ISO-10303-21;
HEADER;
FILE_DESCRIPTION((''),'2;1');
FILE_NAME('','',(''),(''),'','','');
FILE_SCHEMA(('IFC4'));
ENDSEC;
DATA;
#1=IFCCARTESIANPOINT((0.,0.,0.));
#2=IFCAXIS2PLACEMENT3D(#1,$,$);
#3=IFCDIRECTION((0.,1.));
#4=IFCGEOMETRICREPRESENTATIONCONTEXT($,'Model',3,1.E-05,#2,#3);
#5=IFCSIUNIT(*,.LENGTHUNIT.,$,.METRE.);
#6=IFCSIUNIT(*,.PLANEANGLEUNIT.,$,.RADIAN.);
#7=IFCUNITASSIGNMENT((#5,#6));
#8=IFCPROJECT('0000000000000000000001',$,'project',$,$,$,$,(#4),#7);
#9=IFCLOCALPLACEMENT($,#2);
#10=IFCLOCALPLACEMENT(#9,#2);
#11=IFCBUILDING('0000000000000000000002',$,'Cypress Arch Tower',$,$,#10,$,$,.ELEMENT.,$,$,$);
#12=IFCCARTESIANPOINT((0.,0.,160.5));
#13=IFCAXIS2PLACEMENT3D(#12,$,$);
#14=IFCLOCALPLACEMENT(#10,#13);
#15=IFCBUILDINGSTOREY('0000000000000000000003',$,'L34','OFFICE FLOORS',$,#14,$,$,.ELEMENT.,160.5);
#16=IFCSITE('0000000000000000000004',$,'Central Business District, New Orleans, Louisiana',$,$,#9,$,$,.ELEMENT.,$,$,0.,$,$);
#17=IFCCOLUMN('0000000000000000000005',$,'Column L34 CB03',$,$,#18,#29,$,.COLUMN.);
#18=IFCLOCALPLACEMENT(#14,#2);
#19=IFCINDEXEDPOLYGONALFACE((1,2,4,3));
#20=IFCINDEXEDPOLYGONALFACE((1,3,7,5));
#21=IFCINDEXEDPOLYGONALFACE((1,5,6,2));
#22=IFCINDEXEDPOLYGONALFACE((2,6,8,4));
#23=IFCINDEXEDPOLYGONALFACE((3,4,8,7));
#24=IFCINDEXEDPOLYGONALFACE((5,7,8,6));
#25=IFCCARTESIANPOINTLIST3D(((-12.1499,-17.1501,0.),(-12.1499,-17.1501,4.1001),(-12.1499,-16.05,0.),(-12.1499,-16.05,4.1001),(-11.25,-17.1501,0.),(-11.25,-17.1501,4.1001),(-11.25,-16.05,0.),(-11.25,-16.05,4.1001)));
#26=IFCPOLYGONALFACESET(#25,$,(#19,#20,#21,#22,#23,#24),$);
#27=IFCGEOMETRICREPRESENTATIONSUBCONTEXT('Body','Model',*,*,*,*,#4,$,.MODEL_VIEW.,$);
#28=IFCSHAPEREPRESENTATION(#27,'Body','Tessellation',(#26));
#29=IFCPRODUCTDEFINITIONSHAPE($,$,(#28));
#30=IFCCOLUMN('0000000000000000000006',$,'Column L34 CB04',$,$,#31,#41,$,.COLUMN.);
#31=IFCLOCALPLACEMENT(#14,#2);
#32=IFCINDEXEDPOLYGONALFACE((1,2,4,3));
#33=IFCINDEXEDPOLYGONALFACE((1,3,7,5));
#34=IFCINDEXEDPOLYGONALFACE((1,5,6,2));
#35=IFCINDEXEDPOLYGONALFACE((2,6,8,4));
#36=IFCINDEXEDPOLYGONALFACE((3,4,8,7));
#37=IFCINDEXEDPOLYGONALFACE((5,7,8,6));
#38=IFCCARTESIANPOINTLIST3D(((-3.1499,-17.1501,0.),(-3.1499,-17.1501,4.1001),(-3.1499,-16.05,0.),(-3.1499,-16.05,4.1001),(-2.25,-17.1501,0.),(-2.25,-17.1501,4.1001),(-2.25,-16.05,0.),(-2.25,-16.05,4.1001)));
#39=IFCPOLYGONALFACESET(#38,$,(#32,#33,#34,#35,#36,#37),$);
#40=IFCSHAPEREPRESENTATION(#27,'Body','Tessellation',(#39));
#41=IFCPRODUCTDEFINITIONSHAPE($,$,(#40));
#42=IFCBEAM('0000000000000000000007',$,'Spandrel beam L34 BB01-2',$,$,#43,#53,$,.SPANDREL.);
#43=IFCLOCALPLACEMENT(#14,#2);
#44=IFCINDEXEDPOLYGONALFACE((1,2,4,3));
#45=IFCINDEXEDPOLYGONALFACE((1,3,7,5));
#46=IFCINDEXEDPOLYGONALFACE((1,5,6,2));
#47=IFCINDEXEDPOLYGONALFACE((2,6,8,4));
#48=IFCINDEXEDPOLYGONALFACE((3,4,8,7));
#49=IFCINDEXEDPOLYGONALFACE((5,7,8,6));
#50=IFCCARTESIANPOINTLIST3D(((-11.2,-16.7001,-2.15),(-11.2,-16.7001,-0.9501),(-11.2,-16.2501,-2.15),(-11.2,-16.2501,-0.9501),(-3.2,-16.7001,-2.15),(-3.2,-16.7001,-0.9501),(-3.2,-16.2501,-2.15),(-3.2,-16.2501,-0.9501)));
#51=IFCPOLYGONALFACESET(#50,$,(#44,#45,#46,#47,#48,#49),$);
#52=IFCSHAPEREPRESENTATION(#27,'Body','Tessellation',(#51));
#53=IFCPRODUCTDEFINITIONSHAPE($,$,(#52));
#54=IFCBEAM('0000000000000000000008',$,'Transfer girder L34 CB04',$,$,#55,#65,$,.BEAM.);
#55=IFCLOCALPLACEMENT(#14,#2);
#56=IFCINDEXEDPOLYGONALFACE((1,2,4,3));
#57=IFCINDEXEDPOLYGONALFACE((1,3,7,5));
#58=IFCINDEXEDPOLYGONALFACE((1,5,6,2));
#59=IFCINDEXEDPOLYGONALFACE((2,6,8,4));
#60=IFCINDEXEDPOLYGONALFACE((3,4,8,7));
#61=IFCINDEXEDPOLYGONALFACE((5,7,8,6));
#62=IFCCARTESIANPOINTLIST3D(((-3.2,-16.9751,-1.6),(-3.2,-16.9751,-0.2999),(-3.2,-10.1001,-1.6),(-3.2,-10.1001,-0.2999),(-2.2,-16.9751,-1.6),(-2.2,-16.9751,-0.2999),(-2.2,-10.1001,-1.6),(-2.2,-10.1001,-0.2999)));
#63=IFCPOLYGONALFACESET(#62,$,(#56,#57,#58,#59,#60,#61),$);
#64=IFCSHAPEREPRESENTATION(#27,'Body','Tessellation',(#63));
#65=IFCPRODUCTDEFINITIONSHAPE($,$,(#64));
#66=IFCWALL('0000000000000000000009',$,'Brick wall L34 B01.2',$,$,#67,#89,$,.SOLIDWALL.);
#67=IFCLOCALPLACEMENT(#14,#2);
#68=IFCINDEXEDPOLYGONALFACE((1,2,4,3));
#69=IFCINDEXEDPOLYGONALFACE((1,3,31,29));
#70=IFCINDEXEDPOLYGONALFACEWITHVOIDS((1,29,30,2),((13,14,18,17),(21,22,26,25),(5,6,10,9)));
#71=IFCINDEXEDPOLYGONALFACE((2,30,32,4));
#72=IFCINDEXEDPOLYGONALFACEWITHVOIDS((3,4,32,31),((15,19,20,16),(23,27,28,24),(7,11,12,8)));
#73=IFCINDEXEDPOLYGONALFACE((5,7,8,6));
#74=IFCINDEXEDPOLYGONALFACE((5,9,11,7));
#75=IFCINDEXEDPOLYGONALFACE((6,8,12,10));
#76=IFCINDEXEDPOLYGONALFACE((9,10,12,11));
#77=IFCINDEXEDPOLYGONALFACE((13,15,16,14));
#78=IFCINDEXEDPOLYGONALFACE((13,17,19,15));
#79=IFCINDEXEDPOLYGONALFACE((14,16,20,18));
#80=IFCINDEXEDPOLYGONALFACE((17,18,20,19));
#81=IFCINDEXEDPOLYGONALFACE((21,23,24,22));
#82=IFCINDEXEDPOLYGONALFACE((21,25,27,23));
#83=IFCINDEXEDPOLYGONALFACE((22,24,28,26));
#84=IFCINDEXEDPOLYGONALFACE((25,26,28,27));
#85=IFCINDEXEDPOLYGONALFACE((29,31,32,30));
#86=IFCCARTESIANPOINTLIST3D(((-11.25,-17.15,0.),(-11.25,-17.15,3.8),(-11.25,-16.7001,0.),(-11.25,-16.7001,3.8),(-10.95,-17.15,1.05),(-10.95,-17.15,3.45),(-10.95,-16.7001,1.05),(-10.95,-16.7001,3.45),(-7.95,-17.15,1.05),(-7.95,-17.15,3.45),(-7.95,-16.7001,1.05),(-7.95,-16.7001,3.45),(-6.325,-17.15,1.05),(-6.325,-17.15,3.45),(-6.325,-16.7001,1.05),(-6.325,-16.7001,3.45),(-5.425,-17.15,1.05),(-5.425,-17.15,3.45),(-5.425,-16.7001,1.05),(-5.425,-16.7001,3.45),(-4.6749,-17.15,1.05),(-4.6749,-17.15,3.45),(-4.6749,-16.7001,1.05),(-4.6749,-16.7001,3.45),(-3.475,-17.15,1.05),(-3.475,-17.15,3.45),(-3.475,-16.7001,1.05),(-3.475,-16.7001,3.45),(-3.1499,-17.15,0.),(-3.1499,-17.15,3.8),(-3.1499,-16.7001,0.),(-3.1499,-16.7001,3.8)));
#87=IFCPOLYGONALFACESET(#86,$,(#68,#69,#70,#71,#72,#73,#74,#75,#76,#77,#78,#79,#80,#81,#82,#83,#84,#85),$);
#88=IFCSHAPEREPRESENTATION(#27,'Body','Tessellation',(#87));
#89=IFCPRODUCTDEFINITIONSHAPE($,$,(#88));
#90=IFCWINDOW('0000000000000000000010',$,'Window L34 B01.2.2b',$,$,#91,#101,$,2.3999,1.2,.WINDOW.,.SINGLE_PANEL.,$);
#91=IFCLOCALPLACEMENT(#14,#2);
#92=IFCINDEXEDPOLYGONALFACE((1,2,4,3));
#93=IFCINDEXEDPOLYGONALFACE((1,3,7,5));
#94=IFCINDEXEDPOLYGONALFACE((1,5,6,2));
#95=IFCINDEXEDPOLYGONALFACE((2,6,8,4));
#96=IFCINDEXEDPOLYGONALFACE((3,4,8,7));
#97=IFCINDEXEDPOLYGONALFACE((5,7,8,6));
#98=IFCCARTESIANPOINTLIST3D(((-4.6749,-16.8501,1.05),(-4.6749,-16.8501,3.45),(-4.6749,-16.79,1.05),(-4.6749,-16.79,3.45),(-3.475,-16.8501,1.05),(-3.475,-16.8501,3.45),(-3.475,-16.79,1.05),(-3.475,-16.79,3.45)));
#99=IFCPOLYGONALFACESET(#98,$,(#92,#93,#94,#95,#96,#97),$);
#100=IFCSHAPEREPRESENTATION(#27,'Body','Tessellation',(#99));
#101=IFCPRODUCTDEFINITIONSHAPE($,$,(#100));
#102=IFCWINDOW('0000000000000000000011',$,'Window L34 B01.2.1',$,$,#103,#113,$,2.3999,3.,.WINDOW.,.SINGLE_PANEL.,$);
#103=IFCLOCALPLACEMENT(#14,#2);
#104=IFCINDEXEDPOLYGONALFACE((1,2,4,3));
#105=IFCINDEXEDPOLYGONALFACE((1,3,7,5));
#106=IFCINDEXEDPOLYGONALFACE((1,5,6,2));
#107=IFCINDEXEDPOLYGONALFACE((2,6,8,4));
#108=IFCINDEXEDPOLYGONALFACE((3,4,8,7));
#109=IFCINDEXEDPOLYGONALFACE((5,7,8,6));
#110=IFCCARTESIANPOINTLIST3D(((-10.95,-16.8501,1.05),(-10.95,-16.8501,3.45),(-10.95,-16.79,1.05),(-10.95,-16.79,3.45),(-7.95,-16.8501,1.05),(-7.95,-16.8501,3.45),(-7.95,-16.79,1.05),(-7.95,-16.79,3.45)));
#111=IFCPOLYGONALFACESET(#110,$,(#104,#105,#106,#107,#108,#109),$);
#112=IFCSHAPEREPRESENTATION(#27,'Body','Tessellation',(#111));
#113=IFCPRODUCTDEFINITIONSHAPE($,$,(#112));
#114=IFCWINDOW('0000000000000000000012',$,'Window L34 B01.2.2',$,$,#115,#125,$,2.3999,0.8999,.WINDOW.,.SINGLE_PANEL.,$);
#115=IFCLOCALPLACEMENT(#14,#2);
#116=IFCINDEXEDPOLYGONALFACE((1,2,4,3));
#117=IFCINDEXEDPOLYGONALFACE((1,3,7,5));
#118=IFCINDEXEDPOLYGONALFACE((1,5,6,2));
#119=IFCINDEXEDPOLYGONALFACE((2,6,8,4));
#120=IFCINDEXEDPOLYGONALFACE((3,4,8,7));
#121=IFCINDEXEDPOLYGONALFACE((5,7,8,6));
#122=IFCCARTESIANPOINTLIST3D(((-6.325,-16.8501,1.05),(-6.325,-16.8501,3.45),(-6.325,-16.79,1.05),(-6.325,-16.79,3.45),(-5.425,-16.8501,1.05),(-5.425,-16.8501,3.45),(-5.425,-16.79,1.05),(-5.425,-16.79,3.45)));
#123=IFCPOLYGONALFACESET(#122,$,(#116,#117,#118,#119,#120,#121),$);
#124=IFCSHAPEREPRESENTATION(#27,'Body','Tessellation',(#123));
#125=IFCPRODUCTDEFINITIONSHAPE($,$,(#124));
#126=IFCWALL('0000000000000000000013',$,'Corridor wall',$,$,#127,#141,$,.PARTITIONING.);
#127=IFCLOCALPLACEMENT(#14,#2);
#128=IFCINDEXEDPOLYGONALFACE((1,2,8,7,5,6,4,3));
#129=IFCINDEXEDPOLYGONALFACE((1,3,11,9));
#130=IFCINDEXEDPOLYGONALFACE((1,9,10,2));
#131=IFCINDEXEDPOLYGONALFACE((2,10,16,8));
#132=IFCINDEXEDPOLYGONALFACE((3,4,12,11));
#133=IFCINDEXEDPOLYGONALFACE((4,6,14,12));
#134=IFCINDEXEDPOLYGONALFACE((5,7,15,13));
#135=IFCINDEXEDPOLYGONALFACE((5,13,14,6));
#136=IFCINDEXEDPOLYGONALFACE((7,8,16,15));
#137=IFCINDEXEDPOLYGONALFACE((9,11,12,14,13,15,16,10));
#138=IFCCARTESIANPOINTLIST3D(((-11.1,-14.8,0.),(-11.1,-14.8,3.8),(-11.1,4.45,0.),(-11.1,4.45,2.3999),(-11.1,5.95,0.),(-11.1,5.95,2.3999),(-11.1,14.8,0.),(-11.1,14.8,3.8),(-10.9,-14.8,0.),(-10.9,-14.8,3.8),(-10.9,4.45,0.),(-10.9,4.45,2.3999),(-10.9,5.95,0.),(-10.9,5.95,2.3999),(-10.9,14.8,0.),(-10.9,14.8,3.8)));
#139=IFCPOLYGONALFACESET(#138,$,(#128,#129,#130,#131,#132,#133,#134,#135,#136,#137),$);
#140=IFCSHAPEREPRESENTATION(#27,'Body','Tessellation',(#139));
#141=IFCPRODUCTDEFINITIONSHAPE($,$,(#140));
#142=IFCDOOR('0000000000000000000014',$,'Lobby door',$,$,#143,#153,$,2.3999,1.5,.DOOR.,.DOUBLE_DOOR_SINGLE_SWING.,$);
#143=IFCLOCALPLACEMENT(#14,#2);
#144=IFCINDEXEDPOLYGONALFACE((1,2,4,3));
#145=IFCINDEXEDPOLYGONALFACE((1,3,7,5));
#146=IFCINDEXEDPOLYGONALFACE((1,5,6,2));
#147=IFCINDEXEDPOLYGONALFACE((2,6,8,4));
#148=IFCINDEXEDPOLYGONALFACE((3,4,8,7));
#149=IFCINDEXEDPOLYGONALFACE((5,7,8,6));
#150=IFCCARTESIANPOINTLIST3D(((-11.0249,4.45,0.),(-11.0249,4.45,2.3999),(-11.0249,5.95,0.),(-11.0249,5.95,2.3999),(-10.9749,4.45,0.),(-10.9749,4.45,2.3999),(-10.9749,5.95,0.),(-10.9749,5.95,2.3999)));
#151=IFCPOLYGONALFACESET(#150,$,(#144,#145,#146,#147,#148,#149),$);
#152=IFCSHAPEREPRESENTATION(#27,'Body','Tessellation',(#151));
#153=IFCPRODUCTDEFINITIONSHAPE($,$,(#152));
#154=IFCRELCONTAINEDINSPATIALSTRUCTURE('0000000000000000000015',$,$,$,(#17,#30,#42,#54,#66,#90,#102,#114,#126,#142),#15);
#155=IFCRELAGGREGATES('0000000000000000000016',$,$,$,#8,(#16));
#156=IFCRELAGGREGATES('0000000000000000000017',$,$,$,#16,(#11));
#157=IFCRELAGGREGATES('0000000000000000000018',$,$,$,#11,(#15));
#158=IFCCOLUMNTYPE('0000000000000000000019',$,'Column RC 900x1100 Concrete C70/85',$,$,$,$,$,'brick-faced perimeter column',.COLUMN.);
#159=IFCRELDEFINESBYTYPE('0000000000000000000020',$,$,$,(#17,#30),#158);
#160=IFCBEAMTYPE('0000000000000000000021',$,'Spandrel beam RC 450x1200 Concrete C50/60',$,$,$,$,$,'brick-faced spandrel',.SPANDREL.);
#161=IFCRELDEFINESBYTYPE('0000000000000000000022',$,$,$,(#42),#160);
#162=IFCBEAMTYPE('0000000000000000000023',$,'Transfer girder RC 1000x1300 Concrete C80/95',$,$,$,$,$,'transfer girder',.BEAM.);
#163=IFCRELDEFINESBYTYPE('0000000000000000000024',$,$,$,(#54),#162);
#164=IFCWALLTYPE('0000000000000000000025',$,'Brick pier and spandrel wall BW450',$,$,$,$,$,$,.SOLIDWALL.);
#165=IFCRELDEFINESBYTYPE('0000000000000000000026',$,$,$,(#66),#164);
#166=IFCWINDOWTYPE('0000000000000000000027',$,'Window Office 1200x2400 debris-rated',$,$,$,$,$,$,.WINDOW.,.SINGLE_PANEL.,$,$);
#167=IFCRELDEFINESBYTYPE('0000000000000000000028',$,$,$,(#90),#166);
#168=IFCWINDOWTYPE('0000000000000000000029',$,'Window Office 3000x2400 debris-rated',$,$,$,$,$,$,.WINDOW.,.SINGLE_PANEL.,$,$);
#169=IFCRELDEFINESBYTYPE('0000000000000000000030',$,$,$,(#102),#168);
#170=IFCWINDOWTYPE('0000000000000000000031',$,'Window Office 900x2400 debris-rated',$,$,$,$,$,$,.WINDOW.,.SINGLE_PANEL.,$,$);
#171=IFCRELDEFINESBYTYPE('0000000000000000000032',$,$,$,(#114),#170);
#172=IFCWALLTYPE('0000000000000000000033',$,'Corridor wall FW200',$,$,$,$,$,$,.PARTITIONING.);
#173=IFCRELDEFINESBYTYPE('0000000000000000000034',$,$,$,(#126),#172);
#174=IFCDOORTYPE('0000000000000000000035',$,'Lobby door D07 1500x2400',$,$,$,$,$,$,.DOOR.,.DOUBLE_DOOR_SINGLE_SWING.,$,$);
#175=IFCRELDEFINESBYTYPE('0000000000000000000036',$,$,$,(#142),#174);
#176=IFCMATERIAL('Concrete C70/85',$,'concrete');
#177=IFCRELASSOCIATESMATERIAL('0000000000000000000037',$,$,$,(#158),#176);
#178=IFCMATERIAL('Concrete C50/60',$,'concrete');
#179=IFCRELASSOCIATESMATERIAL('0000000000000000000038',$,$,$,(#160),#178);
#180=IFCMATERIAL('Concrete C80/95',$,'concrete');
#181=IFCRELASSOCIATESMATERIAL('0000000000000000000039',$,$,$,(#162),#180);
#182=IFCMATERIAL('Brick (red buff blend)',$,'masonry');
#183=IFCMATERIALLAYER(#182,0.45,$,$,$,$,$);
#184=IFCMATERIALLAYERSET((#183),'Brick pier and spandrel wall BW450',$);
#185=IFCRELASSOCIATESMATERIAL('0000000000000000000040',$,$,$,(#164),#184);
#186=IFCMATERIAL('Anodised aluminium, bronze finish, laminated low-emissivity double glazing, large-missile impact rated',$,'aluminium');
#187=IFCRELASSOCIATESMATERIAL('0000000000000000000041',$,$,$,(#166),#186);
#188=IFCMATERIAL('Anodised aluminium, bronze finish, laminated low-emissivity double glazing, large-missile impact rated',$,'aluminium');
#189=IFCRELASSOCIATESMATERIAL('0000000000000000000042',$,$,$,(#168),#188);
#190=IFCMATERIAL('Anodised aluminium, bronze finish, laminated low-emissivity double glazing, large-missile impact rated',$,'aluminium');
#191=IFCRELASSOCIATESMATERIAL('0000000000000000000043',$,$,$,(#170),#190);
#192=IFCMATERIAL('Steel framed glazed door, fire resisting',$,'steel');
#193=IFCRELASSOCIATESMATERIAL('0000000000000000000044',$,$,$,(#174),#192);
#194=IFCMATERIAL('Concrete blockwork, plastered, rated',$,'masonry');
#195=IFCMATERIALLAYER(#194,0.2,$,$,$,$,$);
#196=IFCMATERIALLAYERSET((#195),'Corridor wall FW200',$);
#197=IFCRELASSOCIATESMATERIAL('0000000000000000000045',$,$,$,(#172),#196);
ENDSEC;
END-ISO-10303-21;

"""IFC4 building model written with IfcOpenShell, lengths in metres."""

from ifc_helpers import new_model, si_unit, direction, frame, frame_2d, origin, origin_2d, place, context, subcontext, project, spatial, rectangle, extrude, material, layer, layer_set, material_profile, profile_set, type_object, element, fill, save


model = new_model("IFC4")

# Units and contexts
model_context = context("Model", 3, precision=1e-05, world=origin(), true_north=direction((0.0, 1.0)))
body_context = subcontext(model_context, "Body", "Model", "MODEL_VIEW")
ifc_project = project(units=[si_unit("LENGTHUNIT", "METRE"), si_unit("PLANEANGLEUNIT", "RADIAN")], contexts=[model_context])

# Site, building, storey
site_placement = place(None, origin())
site = spatial("IfcSite", under=ifc_project, at=site_placement, Name="Central Business District, New Orleans, Louisiana", CompositionType="ELEMENT", RefElevation=0.0)
building_placement = place(site_placement, origin())
building = spatial("IfcBuilding", under=site, at=building_placement, Name="Cypress Arch Tower", CompositionType="ELEMENT")
storey_placement = place(building_placement, frame((0.0, 0.0, 160.5)))
storey = spatial("IfcBuildingStorey", under=building, at=storey_placement, Name="L34", Description="OFFICE FLOORS", CompositionType="ELEMENT", Elevation=160.5)

# Columns
ifc_material_1 = material(Name="Concrete C70/85", Category="concrete")
ifc_material_profile_1 = material_profile(ifc_material_1, rectangle(XDim=0.8999, YDim=1.1001, at=origin_2d()), Name="RC 900x1100")
ifc_profile_set_1 = profile_set([ifc_material_profile_1], Name="Concrete C70/85")
column_type = type_object("IfcColumnType", Name="Column RC 900x1100 Concrete C70/85", ElementType="brick-faced perimeter column", PredefinedType="COLUMN", material=ifc_profile_set_1)
for number, where, z_axis, x_axis, name in (
    (1, (-11.7, -16.6001, 0.0), (0.0, 0.0, 1.0), (1.0, 0.0, 0.0), "Column L34 CB03"),
    (2, (-2.7, -16.6001, 0.0), (0.0, 0.0, 1.0), (1.0, 0.0, 0.0), "Column L34 CB04"),
):
    element("IfcColumn", number, at=place(storey_placement, frame(where, z_axis=z_axis, x_axis=x_axis)), inside=storey, type_object=column_type, Name=name, PredefinedType="COLUMN", context=body_context, shape_type="SweptSolid", body=[
        extrude(rectangle(XDim=0.8999, YDim=1.1001, at=origin_2d()), origin(), (0.0, 0.0, 1.0), 4.1001),
    ])

# Beams
ifc_material_2 = material(Name="Concrete C50/60", Category="concrete")
ifc_material_profile_2 = material_profile(ifc_material_2, rectangle(XDim=0.45, YDim=1.2, at=origin_2d()), Name="RC 450x1200")
ifc_profile_set_2 = profile_set([ifc_material_profile_2], Name="Concrete C50/60")
beam_type_1 = type_object("IfcBeamType", Name="Spandrel beam RC 450x1200 Concrete C50/60", ElementType="brick-faced spandrel", PredefinedType="SPANDREL", material=ifc_profile_set_2)
beam_1_placement = place(storey_placement, frame((-11.2, -16.4751, -1.55), z_axis=(1.0, 0.0, 0.0), x_axis=(0.0, 1.0, 0.0)))
element("IfcBeam", 3, at=beam_1_placement, inside=storey, type_object=beam_type_1, Name="Spandrel beam L34 BB01-2", PredefinedType="SPANDREL", context=body_context, shape_type="SweptSolid", body=[
    extrude(rectangle(XDim=0.45, YDim=1.2, at=origin_2d()), origin(), (0.0, 0.0, 1.0), 8.0),
])
ifc_material_3 = material(Name="Concrete C80/95", Category="concrete")
ifc_material_profile_3 = material_profile(ifc_material_3, rectangle(XDim=1.0, YDim=1.3, at=origin_2d()), Name="RC 1000x1300")
ifc_profile_set_3 = profile_set([ifc_material_profile_3], Name="Concrete C80/95")
beam_type_2 = type_object("IfcBeamType", Name="Transfer girder RC 1000x1300 Concrete C80/95", ElementType="transfer girder", PredefinedType="BEAM", material=ifc_profile_set_3)
beam_2_placement = place(storey_placement, frame((-2.7, -16.9751, -0.95), z_axis=(0.0, 1.0, 0.0), x_axis=(-1.0, 0.0, 0.0)))
element("IfcBeam", 4, at=beam_2_placement, inside=storey, type_object=beam_type_2, Name="Transfer girder L34 CB04", PredefinedType="BEAM", context=body_context, shape_type="SweptSolid", body=[
    extrude(rectangle(XDim=1.0, YDim=1.3, at=origin_2d()), origin(), (0.0, 0.0, 1.0), 6.875),
])

# Wall, openings, windows
ifc_material_4 = material(Name="Brick (red buff blend)", Category="masonry")
ifc_layer_1 = layer(ifc_material_4, 0.45)
ifc_layer_set_1 = layer_set([ifc_layer_1], Name="Brick pier and spandrel wall BW450")
wall_type_1 = type_object("IfcWallType", Name="Brick pier and spandrel wall BW450", PredefinedType="SOLIDWALL", material=ifc_layer_set_1)
wall_1_placement = place(storey_placement, frame((-11.25, -16.925, 0.0), z_axis=(0.0, 0.0, 1.0), x_axis=(1.0, 0.0, 0.0)))
wall_1 = element("IfcWall", 5, at=wall_1_placement, inside=storey, type_object=wall_type_1, Name="Brick wall L34 B01.2", PredefinedType="SOLIDWALL", context=body_context, shape_type="SweptSolid", body=[
    extrude(rectangle(XDim=8.1001, YDim=0.45, at=frame_2d((4.05, 0.0))), origin(), (0.0, 0.0, 1.0), 3.8),
])
opening_1_placement = place(wall_1_placement, frame((0.3, 0.0, 1.05)))
opening_1 = element("IfcOpeningElement", 6, at=opening_1_placement, cuts=wall_1, PredefinedType="OPENING", context=body_context, shape_type="SweptSolid", body=[
    extrude(rectangle(XDim=3.0, YDim=2.3999, at=frame_2d((1.5, 1.2))), frame((0.0, 0.2349, 0.0), z_axis=(0.0, -1.0, 0.0), x_axis=(1.0, 0.0, 0.0)), (0.0, 0.0, 1.0), 0.47),
])
opening_2_placement = place(wall_1_placement, frame((4.925, 0.0, 1.05)))
opening_2 = element("IfcOpeningElement", 7, at=opening_2_placement, cuts=wall_1, PredefinedType="OPENING", context=body_context, shape_type="SweptSolid", body=[
    extrude(rectangle(XDim=0.8999, YDim=2.3999, at=frame_2d((0.45, 1.2))), frame((0.0, 0.2349, 0.0), z_axis=(0.0, -1.0, 0.0), x_axis=(1.0, 0.0, 0.0)), (0.0, 0.0, 1.0), 0.47),
])
opening_3_placement = place(wall_1_placement, frame((6.575, 0.0, 1.05)))
opening_3 = element("IfcOpeningElement", 8, at=opening_3_placement, cuts=wall_1, PredefinedType="OPENING", context=body_context, shape_type="SweptSolid", body=[
    extrude(rectangle(XDim=1.2, YDim=2.3999, at=frame_2d((0.6001, 1.2))), frame((0.0, 0.2349, 0.0), z_axis=(0.0, -1.0, 0.0), x_axis=(1.0, 0.0, 0.0)), (0.0, 0.0, 1.0), 0.47),
])
ifc_material_5 = material(Name="Anodised aluminium, bronze finish, laminated low-emissivity double glazing, large-missile impact rated", Category="aluminium")
window_type_1 = type_object("IfcWindowType", Name="Window Office 1200x2400 debris-rated", PartitioningType="SINGLE_PANEL", PredefinedType="WINDOW", material=ifc_material_5)
window_1_placement = place(opening_3_placement, origin())
window_1 = element("IfcWindow", 9, at=window_1_placement, inside=storey, type_object=window_type_1, Name="Window L34 B01.2.2b", OverallHeight=2.3999, OverallWidth=1.2, PartitioningType="SINGLE_PANEL", PredefinedType="WINDOW", context=body_context, shape_type="SweptSolid", body=[
    extrude(rectangle(XDim=1.2, YDim=2.3999, at=frame_2d((0.6001, 1.2))), frame((0.0, 0.135, 0.0), z_axis=(0.0, -1.0, 0.0), x_axis=(1.0, 0.0, 0.0)), (0.0, 0.0, 1.0), 0.0601),
])
fill(opening_3, window_1)
ifc_material_6 = material(Name="Anodised aluminium, bronze finish, laminated low-emissivity double glazing, large-missile impact rated", Category="aluminium")
window_type_2 = type_object("IfcWindowType", Name="Window Office 3000x2400 debris-rated", PartitioningType="SINGLE_PANEL", PredefinedType="WINDOW", material=ifc_material_6)
window_2_placement = place(opening_1_placement, origin())
window_2 = element("IfcWindow", 10, at=window_2_placement, inside=storey, type_object=window_type_2, Name="Window L34 B01.2.1", OverallHeight=2.3999, OverallWidth=3.0, PartitioningType="SINGLE_PANEL", PredefinedType="WINDOW", context=body_context, shape_type="SweptSolid", body=[
    extrude(rectangle(XDim=3.0, YDim=2.3999, at=frame_2d((1.5, 1.2))), frame((0.0, 0.135, 0.0), z_axis=(0.0, -1.0, 0.0), x_axis=(1.0, 0.0, 0.0)), (0.0, 0.0, 1.0), 0.0601),
])
fill(opening_1, window_2)
ifc_material_7 = material(Name="Anodised aluminium, bronze finish, laminated low-emissivity double glazing, large-missile impact rated", Category="aluminium")
window_type_3 = type_object("IfcWindowType", Name="Window Office 900x2400 debris-rated", PartitioningType="SINGLE_PANEL", PredefinedType="WINDOW", material=ifc_material_7)
window_3_placement = place(opening_2_placement, origin())
window_3 = element("IfcWindow", 11, at=window_3_placement, inside=storey, type_object=window_type_3, Name="Window L34 B01.2.2", OverallHeight=2.3999, OverallWidth=0.8999, PartitioningType="SINGLE_PANEL", PredefinedType="WINDOW", context=body_context, shape_type="SweptSolid", body=[
    extrude(rectangle(XDim=0.8999, YDim=2.3999, at=frame_2d((0.45, 1.2))), frame((0.0, 0.135, 0.0), z_axis=(0.0, -1.0, 0.0), x_axis=(1.0, 0.0, 0.0)), (0.0, 0.0, 1.0), 0.0601),
])
fill(opening_2, window_3)

# Shared definitions
ifc_material_8 = material(Name="Steel framed glazed door, fire resisting", Category="steel")
door_type_1 = type_object("IfcDoorType", Name="Lobby door D07 1500x2400", OperationType="DOUBLE_DOOR_SINGLE_SWING", PredefinedType="DOOR", material=ifc_material_8)

# Shared definitions
ifc_material_9 = material(Name="Concrete blockwork, plastered, rated", Category="masonry")
ifc_layer_2 = layer(ifc_material_9, 0.2)
ifc_layer_set_2 = layer_set([ifc_layer_2], Name="Corridor wall FW200")
wall_type_2 = type_object("IfcWallType", Name="Corridor wall FW200", PredefinedType="PARTITIONING", material=ifc_layer_set_2)

# Wall, opening, door
wall_2_placement = place(storey_placement, frame((-11.0, -14.8, 0.0), z_axis=(0.0, 0.0, 1.0), x_axis=(0.0, 1.0, 0.0)))
wall_2 = element("IfcWall", 12, at=wall_2_placement, inside=storey, type_object=wall_type_2, Name="Corridor wall", PredefinedType="PARTITIONING", context=body_context, shape_type="SweptSolid", body=[
    extrude(rectangle(XDim=29.6001, YDim=0.2, at=frame_2d((14.8, 0.0))), origin(), (0.0, 0.0, 1.0), 3.8),
])
opening_4_placement = place(wall_2_placement, frame((19.25, 0.0, 0.0)))
opening_4 = element("IfcOpeningElement", 13, at=opening_4_placement, cuts=wall_2, PredefinedType="OPENING", context=body_context, shape_type="SweptSolid", body=[
    extrude(rectangle(XDim=1.5, YDim=2.3999, at=frame_2d((0.75, 1.2))), frame((0.0, 0.1099, 0.0), z_axis=(0.0, -1.0, 0.0), x_axis=(1.0, 0.0, 0.0)), (0.0, 0.0, 1.0), 0.22),
])
door_1_placement = place(opening_4_placement, origin())
door_1 = element("IfcDoor", 14, at=door_1_placement, inside=storey, type_object=door_type_1, Name="Lobby door", OperationType="DOUBLE_DOOR_SINGLE_SWING", OverallHeight=2.3999, OverallWidth=1.5, PredefinedType="DOOR", context=body_context, shape_type="SweptSolid", body=[
    extrude(rectangle(XDim=1.5, YDim=2.3999, at=frame_2d((0.75, 1.2))), frame((0.0, 0.0249, 0.0), z_axis=(0.0, -1.0, 0.0), x_axis=(1.0, 0.0, 0.0)), (0.0, 0.0, 1.0), 0.05),
])
fill(opening_4, door_1)

save(model, "model.ifc")
